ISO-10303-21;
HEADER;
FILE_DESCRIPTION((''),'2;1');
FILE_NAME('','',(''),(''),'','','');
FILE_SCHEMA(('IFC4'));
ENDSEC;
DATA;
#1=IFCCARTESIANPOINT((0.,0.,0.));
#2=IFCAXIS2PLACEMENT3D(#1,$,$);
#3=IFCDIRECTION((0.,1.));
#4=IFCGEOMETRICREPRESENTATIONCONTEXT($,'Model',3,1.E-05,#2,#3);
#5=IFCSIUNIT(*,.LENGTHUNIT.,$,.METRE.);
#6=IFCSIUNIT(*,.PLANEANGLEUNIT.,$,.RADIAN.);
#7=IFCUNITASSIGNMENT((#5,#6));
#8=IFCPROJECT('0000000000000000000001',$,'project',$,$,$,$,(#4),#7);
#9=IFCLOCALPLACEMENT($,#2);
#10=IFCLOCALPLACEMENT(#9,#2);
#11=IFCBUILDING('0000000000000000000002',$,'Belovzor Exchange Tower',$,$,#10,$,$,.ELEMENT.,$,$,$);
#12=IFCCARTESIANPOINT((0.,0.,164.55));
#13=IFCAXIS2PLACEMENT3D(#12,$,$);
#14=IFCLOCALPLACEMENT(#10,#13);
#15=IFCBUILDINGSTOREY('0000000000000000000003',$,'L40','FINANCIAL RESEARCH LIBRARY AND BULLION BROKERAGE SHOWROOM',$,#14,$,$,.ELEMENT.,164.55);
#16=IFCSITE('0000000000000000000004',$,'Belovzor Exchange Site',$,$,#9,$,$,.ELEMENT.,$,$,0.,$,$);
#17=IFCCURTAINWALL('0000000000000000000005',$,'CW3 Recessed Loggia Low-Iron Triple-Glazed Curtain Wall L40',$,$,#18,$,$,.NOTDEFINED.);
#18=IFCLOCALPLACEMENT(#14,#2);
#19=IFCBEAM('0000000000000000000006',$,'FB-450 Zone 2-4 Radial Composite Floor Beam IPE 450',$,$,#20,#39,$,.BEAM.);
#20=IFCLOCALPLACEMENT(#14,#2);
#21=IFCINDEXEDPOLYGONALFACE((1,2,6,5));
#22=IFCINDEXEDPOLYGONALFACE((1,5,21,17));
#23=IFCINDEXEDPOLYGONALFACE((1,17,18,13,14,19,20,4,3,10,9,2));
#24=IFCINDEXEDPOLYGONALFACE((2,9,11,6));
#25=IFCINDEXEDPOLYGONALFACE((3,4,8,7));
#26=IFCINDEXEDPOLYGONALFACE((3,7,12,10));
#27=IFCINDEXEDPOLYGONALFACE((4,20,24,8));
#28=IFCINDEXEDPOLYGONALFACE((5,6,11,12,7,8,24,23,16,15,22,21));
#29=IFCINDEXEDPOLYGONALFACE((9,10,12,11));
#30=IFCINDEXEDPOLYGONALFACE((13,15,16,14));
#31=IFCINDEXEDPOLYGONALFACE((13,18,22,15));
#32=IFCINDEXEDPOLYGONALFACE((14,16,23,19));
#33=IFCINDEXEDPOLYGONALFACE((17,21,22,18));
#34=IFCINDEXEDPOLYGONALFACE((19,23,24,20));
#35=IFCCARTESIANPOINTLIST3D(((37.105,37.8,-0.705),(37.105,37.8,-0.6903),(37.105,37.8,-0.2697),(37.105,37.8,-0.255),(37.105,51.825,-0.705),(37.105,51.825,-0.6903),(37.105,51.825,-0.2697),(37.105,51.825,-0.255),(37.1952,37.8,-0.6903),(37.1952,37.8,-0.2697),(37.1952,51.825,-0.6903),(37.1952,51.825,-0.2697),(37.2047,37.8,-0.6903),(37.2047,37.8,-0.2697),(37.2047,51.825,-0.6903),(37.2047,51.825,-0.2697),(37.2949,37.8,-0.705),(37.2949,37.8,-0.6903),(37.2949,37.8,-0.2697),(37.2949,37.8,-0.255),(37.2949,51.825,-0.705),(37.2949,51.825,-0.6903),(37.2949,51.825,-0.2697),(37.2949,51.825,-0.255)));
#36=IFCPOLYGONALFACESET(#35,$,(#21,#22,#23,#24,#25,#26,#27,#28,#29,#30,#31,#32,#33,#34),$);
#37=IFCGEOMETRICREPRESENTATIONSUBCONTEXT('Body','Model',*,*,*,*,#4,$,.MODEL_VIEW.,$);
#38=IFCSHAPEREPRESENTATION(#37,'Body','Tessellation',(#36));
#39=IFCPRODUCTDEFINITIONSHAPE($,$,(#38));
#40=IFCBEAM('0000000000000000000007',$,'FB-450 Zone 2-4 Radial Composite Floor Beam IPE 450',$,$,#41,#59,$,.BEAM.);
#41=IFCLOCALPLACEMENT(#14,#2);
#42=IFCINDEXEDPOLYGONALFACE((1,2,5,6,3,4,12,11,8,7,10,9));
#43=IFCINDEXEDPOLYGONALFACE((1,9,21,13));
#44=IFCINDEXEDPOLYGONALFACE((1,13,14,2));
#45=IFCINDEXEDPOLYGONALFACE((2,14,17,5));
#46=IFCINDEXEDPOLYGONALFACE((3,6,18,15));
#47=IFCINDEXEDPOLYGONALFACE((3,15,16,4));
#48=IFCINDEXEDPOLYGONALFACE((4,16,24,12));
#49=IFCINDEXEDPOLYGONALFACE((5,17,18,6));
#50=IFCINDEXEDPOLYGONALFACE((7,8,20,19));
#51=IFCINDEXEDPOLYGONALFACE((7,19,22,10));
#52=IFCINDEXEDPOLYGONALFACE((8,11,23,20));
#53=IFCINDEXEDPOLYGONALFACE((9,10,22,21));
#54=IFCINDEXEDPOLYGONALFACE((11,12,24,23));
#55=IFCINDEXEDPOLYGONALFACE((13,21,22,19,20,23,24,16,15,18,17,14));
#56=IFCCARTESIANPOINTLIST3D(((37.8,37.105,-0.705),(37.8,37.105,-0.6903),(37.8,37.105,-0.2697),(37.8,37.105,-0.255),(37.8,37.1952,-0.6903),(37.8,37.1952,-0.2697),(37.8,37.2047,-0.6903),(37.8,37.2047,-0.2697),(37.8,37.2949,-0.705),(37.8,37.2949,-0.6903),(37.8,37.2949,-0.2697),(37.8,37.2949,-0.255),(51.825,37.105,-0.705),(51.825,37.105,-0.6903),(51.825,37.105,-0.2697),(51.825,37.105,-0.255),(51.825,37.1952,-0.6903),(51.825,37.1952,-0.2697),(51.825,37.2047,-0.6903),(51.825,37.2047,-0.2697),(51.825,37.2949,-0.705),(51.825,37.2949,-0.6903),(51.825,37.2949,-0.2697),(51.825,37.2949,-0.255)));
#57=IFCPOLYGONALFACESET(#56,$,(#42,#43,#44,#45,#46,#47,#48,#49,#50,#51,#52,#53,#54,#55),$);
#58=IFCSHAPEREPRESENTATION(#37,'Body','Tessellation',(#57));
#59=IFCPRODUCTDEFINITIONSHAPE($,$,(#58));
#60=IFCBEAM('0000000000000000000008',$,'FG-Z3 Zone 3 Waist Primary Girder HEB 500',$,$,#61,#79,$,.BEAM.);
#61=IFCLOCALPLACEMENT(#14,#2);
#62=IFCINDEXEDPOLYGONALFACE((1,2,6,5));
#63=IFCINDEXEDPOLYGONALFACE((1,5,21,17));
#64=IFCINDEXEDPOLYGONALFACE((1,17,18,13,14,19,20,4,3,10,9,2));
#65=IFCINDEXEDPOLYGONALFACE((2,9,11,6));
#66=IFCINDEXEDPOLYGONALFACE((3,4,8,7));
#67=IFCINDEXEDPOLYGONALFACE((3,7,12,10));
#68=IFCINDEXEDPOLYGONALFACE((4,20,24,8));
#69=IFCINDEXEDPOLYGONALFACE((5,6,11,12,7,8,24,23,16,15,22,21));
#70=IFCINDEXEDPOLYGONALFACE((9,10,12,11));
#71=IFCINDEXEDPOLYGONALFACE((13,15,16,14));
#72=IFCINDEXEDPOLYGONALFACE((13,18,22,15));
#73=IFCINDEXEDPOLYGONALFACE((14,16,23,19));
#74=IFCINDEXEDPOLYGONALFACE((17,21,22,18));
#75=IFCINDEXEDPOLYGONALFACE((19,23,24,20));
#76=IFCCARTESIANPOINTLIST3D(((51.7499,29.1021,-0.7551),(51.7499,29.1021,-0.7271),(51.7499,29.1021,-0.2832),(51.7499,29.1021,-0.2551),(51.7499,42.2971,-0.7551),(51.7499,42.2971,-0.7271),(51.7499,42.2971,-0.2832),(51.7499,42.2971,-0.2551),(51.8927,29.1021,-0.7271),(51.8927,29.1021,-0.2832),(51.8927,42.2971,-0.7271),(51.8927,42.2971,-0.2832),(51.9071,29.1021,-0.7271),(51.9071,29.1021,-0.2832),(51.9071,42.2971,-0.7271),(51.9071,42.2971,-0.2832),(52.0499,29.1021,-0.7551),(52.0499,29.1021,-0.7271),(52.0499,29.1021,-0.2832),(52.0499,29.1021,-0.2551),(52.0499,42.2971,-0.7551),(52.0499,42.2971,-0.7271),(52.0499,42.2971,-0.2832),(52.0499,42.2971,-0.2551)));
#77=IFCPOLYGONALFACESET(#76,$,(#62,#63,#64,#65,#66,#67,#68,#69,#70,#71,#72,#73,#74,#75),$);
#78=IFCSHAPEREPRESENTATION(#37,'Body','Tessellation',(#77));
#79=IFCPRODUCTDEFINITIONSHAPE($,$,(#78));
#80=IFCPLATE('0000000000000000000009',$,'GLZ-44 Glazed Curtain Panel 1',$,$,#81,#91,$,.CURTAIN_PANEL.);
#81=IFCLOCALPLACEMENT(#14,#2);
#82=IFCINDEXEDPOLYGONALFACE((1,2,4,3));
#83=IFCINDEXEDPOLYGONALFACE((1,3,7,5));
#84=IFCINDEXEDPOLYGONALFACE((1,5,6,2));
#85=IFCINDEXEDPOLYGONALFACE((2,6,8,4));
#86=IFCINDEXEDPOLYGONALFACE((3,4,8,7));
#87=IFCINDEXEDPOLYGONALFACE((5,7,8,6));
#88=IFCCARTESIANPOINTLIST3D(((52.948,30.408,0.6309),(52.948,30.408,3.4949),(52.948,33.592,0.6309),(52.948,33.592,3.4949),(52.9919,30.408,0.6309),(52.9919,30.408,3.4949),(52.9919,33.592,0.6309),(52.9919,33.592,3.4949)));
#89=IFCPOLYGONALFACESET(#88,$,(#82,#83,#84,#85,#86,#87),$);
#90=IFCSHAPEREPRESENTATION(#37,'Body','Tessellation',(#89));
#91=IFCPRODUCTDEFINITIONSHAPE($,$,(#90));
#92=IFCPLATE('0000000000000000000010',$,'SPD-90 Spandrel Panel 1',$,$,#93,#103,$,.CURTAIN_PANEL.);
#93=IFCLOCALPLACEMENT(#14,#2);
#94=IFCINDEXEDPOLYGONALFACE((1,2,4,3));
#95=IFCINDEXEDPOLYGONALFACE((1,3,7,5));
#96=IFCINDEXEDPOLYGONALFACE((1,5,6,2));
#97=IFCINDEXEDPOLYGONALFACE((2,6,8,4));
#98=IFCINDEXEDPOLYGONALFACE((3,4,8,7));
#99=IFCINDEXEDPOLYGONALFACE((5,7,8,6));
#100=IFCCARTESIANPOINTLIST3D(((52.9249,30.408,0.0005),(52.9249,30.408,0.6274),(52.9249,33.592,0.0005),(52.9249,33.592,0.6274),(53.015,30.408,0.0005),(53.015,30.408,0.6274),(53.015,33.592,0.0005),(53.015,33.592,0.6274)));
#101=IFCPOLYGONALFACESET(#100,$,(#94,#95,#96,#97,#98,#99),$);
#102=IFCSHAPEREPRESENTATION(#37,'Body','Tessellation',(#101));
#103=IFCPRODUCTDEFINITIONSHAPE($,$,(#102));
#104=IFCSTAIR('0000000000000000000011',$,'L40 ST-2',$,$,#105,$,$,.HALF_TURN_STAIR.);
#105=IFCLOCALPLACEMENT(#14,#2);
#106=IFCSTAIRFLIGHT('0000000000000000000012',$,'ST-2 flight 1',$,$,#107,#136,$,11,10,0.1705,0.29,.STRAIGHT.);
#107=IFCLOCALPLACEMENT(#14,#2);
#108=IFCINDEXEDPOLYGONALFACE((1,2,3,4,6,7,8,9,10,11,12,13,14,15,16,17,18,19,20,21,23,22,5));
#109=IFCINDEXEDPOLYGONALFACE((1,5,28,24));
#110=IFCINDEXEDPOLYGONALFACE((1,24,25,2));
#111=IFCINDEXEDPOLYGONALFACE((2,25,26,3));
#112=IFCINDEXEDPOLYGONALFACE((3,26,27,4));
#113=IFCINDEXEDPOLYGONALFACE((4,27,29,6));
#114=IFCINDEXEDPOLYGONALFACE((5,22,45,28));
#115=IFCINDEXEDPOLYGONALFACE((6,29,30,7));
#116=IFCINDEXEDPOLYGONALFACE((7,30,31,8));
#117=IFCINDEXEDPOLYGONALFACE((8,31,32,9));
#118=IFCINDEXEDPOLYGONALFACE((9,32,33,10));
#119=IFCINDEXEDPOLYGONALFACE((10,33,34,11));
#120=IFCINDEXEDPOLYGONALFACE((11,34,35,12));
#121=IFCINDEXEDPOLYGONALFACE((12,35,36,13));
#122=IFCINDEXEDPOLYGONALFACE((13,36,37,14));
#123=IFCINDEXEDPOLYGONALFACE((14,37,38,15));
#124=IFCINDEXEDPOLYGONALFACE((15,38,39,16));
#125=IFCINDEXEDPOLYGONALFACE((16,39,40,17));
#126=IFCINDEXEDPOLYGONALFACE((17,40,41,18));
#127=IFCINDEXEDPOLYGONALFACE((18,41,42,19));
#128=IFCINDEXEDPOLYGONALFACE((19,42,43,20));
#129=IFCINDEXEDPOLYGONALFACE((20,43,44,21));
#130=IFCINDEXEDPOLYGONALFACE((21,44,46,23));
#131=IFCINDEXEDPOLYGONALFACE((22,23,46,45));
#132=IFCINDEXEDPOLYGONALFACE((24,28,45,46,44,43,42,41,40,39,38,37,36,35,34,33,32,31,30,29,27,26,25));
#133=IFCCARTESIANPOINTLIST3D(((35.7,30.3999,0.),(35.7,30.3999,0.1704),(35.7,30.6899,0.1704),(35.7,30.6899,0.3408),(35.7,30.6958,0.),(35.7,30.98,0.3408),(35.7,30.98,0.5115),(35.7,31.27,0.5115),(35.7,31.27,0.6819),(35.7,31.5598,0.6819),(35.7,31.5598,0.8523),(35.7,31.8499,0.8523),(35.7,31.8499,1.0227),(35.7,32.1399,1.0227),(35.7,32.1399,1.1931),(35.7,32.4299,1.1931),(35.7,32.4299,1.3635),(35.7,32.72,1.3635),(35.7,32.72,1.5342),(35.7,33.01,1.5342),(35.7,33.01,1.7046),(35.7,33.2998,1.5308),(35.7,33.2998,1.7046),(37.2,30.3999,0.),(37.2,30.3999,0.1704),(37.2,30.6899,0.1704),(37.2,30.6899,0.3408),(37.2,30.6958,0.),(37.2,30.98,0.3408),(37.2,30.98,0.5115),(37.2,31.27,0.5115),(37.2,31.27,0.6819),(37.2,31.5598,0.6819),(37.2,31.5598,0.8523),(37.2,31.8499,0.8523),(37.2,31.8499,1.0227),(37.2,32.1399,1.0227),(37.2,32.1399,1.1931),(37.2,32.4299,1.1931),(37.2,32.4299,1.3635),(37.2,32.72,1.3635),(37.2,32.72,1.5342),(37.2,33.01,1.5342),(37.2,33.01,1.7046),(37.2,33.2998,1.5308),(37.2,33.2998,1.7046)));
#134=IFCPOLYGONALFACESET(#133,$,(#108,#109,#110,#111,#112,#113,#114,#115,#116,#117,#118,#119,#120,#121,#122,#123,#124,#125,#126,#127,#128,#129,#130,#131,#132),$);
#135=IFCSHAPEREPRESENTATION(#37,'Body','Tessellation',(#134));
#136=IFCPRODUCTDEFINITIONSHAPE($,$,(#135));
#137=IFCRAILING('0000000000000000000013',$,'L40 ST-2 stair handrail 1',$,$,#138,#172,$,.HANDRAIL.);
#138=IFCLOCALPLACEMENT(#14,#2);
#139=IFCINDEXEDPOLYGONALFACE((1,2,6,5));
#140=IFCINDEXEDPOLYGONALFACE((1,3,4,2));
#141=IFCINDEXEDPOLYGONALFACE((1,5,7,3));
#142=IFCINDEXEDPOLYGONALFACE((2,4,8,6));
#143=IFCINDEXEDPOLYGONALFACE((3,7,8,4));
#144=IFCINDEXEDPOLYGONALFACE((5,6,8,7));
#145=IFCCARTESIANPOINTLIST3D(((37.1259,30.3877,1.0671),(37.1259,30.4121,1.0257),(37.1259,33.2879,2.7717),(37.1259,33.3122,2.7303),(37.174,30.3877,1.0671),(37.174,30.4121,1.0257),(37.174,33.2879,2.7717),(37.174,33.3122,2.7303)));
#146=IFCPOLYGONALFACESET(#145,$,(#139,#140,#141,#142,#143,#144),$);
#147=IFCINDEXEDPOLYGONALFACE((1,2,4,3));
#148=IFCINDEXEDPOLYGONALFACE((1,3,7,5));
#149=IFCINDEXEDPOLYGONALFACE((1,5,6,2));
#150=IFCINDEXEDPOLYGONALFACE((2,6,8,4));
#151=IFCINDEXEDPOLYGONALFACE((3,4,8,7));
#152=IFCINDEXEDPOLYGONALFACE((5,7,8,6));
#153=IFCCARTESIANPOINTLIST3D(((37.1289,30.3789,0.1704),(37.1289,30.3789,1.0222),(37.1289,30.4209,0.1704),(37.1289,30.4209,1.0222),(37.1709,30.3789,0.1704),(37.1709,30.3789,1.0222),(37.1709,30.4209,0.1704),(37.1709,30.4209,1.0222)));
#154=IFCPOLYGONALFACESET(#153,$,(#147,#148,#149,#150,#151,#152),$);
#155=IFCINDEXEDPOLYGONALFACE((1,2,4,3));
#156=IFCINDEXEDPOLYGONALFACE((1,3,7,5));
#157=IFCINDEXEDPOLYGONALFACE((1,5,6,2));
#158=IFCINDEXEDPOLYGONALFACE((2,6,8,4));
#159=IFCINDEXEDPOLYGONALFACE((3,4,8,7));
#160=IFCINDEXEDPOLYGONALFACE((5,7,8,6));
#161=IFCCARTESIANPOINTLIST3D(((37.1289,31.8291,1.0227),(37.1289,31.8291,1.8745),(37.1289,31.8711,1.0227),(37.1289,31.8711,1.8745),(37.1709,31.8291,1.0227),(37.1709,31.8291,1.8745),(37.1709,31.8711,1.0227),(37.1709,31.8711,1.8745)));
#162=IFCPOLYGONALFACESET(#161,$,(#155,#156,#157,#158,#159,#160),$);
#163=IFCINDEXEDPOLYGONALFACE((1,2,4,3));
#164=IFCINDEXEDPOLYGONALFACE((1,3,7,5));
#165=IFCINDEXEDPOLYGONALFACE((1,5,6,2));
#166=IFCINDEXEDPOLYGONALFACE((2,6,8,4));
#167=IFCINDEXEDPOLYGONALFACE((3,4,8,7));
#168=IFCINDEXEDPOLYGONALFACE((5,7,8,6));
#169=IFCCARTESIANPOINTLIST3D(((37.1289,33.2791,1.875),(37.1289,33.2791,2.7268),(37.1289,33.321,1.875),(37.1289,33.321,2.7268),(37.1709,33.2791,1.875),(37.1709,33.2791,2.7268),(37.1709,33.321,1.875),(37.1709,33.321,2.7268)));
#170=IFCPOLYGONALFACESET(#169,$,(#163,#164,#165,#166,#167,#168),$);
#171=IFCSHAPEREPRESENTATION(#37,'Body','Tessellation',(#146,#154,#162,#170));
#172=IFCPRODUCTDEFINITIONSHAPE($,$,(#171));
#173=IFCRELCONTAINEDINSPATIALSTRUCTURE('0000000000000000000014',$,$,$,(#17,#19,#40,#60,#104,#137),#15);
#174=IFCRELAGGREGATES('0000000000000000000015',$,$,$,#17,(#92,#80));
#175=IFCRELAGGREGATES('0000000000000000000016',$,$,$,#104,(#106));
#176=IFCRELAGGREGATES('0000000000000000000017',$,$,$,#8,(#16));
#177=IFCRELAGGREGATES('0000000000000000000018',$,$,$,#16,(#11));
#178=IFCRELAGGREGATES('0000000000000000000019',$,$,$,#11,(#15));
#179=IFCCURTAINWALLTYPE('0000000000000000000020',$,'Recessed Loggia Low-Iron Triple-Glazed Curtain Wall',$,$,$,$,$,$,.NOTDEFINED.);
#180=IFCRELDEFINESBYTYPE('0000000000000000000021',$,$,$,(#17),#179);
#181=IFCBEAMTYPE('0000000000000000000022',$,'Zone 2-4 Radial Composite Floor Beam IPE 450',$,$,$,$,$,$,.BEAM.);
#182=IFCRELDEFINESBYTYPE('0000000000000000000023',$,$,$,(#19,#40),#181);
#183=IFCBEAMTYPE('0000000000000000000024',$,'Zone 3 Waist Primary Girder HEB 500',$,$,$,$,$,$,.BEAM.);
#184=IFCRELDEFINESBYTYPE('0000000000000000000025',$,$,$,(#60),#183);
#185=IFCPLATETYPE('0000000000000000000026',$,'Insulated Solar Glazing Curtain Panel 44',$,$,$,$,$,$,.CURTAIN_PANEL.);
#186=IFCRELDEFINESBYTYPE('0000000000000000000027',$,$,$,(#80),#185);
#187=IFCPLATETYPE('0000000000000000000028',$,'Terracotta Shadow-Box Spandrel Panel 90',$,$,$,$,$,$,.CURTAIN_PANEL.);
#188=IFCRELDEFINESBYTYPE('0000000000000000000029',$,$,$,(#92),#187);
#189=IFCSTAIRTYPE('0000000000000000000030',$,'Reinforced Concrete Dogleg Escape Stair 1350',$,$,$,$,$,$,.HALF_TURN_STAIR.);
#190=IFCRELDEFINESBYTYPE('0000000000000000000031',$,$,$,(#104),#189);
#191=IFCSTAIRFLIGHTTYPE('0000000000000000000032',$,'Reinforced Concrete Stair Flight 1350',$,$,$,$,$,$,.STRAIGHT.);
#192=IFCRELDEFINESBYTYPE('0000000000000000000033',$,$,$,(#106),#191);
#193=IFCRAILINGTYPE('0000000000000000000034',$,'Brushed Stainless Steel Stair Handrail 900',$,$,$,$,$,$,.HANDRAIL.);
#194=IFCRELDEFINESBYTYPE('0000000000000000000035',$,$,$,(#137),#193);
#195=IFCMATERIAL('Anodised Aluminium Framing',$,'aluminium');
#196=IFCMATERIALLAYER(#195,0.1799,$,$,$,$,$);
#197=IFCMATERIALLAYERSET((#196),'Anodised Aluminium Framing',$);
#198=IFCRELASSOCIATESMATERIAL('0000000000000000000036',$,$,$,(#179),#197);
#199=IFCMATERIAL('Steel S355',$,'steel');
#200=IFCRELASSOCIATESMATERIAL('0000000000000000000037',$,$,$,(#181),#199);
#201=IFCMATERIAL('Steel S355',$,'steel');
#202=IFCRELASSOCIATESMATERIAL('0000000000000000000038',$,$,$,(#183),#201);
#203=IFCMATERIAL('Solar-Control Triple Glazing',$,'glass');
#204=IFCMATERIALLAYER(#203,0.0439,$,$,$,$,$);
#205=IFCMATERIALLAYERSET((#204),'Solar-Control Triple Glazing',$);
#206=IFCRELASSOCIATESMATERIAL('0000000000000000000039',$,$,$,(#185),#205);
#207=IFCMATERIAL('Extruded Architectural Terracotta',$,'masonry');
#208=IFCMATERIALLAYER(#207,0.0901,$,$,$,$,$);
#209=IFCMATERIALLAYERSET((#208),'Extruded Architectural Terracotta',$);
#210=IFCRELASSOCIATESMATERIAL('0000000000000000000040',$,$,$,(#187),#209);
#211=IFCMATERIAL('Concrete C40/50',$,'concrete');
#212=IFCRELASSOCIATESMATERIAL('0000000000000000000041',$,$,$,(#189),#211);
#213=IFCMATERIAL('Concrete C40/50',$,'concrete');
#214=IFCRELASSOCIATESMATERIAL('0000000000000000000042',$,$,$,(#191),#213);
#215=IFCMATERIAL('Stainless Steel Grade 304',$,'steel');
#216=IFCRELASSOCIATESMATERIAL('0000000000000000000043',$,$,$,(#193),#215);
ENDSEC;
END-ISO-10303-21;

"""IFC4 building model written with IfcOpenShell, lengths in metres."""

from ifc_helpers import new_model, si_unit, direction, frame, origin, origin_2d, place, context, subcontext, project, spatial, polyline, rectangle, i_section, outline, extrude, material, layer, layer_set, material_profile, profile_set, type_object, element, aggregate, save


model = new_model("IFC4")

# Units and contexts
model_context = context("Model", 3, precision=1e-05, world=origin(), true_north=direction((0.0, 1.0)))
body_context = subcontext(model_context, "Body", "Model", "MODEL_VIEW")
ifc_project = project(units=[si_unit("LENGTHUNIT", "METRE"), si_unit("PLANEANGLEUNIT", "RADIAN")], contexts=[model_context])

# Site, building, storey
site_placement = place(None, origin())
site = spatial("IfcSite", under=ifc_project, at=site_placement, Name="Belovzor Exchange Site", CompositionType="ELEMENT", RefElevation=0.0)
building_placement = place(site_placement, origin())
building = spatial("IfcBuilding", under=site, at=building_placement, Name="Belovzor Exchange Tower", CompositionType="ELEMENT")
storey_placement = place(building_placement, frame((0.0, 0.0, 164.55)))
storey = spatial("IfcBuildingStorey", under=building, at=storey_placement, Name="L40", Description="FINANCIAL RESEARCH LIBRARY AND BULLION BROKERAGE SHOWROOM", CompositionType="ELEMENT", Elevation=164.55)

# Curtain wall
ifc_material_1 = material(Name="Anodised Aluminium Framing", Category="aluminium")
ifc_layer_1 = layer(ifc_material_1, 0.1799)
ifc_layer_set_1 = layer_set([ifc_layer_1], Name="Anodised Aluminium Framing")
curtain_wall_type = type_object("IfcCurtainWallType", Name="Recessed Loggia Low-Iron Triple-Glazed Curtain Wall", PredefinedType="NOTDEFINED", material=ifc_layer_set_1)
curtain_wall_placement = place(storey_placement, origin())
curtain_wall = element("IfcCurtainWall", 1, at=curtain_wall_placement, inside=storey, type_object=curtain_wall_type, Name="CW3 Recessed Loggia Low-Iron Triple-Glazed Curtain Wall L40", PredefinedType="NOTDEFINED")

# Beams
ifc_material_2 = material(Name="Steel S355", Category="steel")
ifc_material_profile_1 = material_profile(ifc_material_2, i_section(OverallWidth=0.1899, OverallDepth=0.45, WebThickness=0.0095, FlangeThickness=0.0146, at=origin_2d()))
ifc_profile_set_1 = profile_set([ifc_material_profile_1], Name="Steel S355")
beam_type_1 = type_object("IfcBeamType", Name="Zone 2-4 Radial Composite Floor Beam IPE 450", PredefinedType="BEAM", material=ifc_profile_set_1)
for number, where, z_axis, x_axis, name in (
    (2, (37.2, 37.8, -0.48), (0.0, 1.0, 0.0), (-1.0, 0.0, 0.0), "FB-450 Zone 2-4 Radial Composite Floor Beam IPE 450"),
    (3, (37.8, 37.2, -0.48), (1.0, 0.0, 0.0), (0.0, 1.0, 0.0), "FB-450 Zone 2-4 Radial Composite Floor Beam IPE 450"),
):
    element("IfcBeam", number, at=place(storey_placement, frame(where, z_axis=z_axis, x_axis=x_axis)), inside=storey, type_object=beam_type_1, Name=name, PredefinedType="BEAM", context=body_context, shape_type="SweptSolid", body=[
        extrude(i_section(OverallWidth=0.1899, OverallDepth=0.45, WebThickness=0.0095, FlangeThickness=0.0146, at=origin_2d()), origin(), (0.0, 0.0, 1.0), 14.0249),
    ])
ifc_material_3 = material(Name="Steel S355", Category="steel")
ifc_material_profile_2 = material_profile(ifc_material_3, i_section(OverallWidth=0.3, OverallDepth=0.5, WebThickness=0.0144, FlangeThickness=0.0281, at=origin_2d()))
ifc_profile_set_2 = profile_set([ifc_material_profile_2], Name="Steel S355")
beam_type_2 = type_object("IfcBeamType", Name="Zone 3 Waist Primary Girder HEB 500", PredefinedType="BEAM", material=ifc_profile_set_2)
beam_1_placement = place(storey_placement, frame((51.8999, 29.1021, -0.5051), z_axis=(0.0, 1.0, 0.0), x_axis=(-1.0, 0.0, 0.0)))
element("IfcBeam", 4, at=beam_1_placement, inside=storey, type_object=beam_type_2, Name="FG-Z3 Zone 3 Waist Primary Girder HEB 500", PredefinedType="BEAM", context=body_context, shape_type="SweptSolid", body=[
    extrude(i_section(OverallWidth=0.3, OverallDepth=0.5, WebThickness=0.0144, FlangeThickness=0.0281, at=origin_2d()), origin(), (0.0, 0.0, 1.0), 13.1951),
])

# Plates
ifc_material_4 = material(Name="Solar-Control Triple Glazing", Category="glass")
ifc_layer_2 = layer(ifc_material_4, 0.0439)
ifc_layer_set_2 = layer_set([ifc_layer_2], Name="Solar-Control Triple Glazing")
plate_type_1 = type_object("IfcPlateType", Name="Insulated Solar Glazing Curtain Panel 44", PredefinedType="CURTAIN_PANEL", material=ifc_layer_set_2)
plate_1_placement = place(storey_placement, frame((52.97, 32.0, 0.6309), z_axis=(0.0, 0.0, 1.0), x_axis=(0.0, -1.0, 0.0)))
plate_1 = element("IfcPlate", 5, at=plate_1_placement, type_object=plate_type_1, Name="GLZ-44 Glazed Curtain Panel 1", PredefinedType="CURTAIN_PANEL", context=body_context, shape_type="SweptSolid", body=[
    extrude(rectangle(XDim=3.1841, YDim=0.0439, at=origin_2d()), origin(), (0.0, 0.0, 1.0), 2.864),
])
ifc_material_5 = material(Name="Extruded Architectural Terracotta", Category="masonry")
ifc_layer_3 = layer(ifc_material_5, 0.0901)
ifc_layer_set_3 = layer_set([ifc_layer_3], Name="Extruded Architectural Terracotta")
plate_type_2 = type_object("IfcPlateType", Name="Terracotta Shadow-Box Spandrel Panel 90", PredefinedType="CURTAIN_PANEL", material=ifc_layer_set_3)
plate_2_placement = place(storey_placement, frame((52.97, 32.0, 0.0005), z_axis=(0.0, 0.0, 1.0), x_axis=(0.0, -1.0, 0.0)))
plate_2 = element("IfcPlate", 6, at=plate_2_placement, type_object=plate_type_2, Name="SPD-90 Spandrel Panel 1", PredefinedType="CURTAIN_PANEL", context=body_context, shape_type="SweptSolid", body=[
    extrude(rectangle(XDim=3.1841, YDim=0.0901, at=origin_2d()), origin(), (0.0, 0.0, 1.0), 0.627),
])
aggregate(curtain_wall, [plate_2, plate_1])

# Stair, stair flight
ifc_material_6 = material(Name="Concrete C40/50", Category="concrete")
stair_type = type_object("IfcStairType", Name="Reinforced Concrete Dogleg Escape Stair 1350", PredefinedType="HALF_TURN_STAIR", material=ifc_material_6)
stair_placement = place(storey_placement, origin())
stair = element("IfcStair", 7, at=stair_placement, inside=storey, type_object=stair_type, Name="L40 ST-2", PredefinedType="HALF_TURN_STAIR")
ifc_material_7 = material(Name="Concrete C40/50", Category="concrete")
stair_flight_type = type_object("IfcStairFlightType", Name="Reinforced Concrete Stair Flight 1350", PredefinedType="STRAIGHT", material=ifc_material_7)
stair_flight_placement = place(storey_placement, frame((36.45, 30.3999, 0.0), z_axis=(0.0, 0.0, 1.0), x_axis=(0.0, 1.0, 0.0)))
stair_flight = element("IfcStairFlight", 8, at=stair_flight_placement, type_object=stair_flight_type, Name="ST-2 flight 1", NumberOfRisers=11, NumberOfTreads=10, PredefinedType="STRAIGHT", RiserHeight=0.1705, TreadLength=0.29, context=body_context, shape_type="SweptSolid", body=[
    extrude(outline(polyline([(0.0, 0.0), (0.0, 0.1704), (0.29, 0.1704), (0.29, 0.3408), (0.5801, 0.3408), (0.5801, 0.5115), (0.8701, 0.5115), (0.8701, 0.6819), (1.1599, 0.6819), (1.1599, 0.8523), (1.45, 0.8523), (1.45, 1.0227), (1.74, 1.0227), (1.74, 1.1931), (2.03, 1.1931), (2.03, 1.3635), (2.3201, 1.3635), (2.3201, 1.5342), (2.6101, 1.5342), (2.6101, 1.7046), (2.8999, 1.7046), (2.8999, 1.875), (2.8999, 1.5308), (0.2959, 0.0), (0.0, 0.0)])), frame((0.0, 0.75, 0.0), z_axis=(0.0, -1.0, 0.0), x_axis=(1.0, 0.0, 0.0)), (0.0, 0.0, 1.0), 1.5),
])
aggregate(stair, [stair_flight])

# Railing
ifc_material_8 = material(Name="Stainless Steel Grade 304", Category="steel")
railing_type_1 = type_object("IfcRailingType", Name="Brushed Stainless Steel Stair Handrail 900", PredefinedType="HANDRAIL", material=ifc_material_8)
railing_1_placement = place(storey_placement, frame((37.1499, 30.3999, 0.1704)))
element("IfcRailing", 9, at=railing_1_placement, inside=storey, type_object=railing_type_1, Name="L40 ST-2 stair handrail 1", PredefinedType="HANDRAIL", context=body_context, shape_type="SweptSolid", body=[
    extrude(rectangle(XDim=0.0481, YDim=0.0481, at=origin_2d()), frame((0.0, 0.0, 0.876), z_axis=(0.0, 0.862113, 0.506716), x_axis=(-1.0, 0.0, 0.0)), (0.0, 0.0, 1.0), 3.364),
    extrude(rectangle(XDim=0.042, YDim=0.042, at=origin_2d()), origin(), (0.0, 0.0, 1.0), 0.8518),
    extrude(rectangle(XDim=0.042, YDim=0.042, at=origin_2d()), frame((0.0, 1.4502, 0.8523)), (0.0, 0.0, 1.0), 0.8518),
    extrude(rectangle(XDim=0.042, YDim=0.042, at=origin_2d()), frame((0.0, 2.9001, 1.7046)), (0.0, 0.0, 1.0), 0.8518),
])

save(model, "model.ifc")
